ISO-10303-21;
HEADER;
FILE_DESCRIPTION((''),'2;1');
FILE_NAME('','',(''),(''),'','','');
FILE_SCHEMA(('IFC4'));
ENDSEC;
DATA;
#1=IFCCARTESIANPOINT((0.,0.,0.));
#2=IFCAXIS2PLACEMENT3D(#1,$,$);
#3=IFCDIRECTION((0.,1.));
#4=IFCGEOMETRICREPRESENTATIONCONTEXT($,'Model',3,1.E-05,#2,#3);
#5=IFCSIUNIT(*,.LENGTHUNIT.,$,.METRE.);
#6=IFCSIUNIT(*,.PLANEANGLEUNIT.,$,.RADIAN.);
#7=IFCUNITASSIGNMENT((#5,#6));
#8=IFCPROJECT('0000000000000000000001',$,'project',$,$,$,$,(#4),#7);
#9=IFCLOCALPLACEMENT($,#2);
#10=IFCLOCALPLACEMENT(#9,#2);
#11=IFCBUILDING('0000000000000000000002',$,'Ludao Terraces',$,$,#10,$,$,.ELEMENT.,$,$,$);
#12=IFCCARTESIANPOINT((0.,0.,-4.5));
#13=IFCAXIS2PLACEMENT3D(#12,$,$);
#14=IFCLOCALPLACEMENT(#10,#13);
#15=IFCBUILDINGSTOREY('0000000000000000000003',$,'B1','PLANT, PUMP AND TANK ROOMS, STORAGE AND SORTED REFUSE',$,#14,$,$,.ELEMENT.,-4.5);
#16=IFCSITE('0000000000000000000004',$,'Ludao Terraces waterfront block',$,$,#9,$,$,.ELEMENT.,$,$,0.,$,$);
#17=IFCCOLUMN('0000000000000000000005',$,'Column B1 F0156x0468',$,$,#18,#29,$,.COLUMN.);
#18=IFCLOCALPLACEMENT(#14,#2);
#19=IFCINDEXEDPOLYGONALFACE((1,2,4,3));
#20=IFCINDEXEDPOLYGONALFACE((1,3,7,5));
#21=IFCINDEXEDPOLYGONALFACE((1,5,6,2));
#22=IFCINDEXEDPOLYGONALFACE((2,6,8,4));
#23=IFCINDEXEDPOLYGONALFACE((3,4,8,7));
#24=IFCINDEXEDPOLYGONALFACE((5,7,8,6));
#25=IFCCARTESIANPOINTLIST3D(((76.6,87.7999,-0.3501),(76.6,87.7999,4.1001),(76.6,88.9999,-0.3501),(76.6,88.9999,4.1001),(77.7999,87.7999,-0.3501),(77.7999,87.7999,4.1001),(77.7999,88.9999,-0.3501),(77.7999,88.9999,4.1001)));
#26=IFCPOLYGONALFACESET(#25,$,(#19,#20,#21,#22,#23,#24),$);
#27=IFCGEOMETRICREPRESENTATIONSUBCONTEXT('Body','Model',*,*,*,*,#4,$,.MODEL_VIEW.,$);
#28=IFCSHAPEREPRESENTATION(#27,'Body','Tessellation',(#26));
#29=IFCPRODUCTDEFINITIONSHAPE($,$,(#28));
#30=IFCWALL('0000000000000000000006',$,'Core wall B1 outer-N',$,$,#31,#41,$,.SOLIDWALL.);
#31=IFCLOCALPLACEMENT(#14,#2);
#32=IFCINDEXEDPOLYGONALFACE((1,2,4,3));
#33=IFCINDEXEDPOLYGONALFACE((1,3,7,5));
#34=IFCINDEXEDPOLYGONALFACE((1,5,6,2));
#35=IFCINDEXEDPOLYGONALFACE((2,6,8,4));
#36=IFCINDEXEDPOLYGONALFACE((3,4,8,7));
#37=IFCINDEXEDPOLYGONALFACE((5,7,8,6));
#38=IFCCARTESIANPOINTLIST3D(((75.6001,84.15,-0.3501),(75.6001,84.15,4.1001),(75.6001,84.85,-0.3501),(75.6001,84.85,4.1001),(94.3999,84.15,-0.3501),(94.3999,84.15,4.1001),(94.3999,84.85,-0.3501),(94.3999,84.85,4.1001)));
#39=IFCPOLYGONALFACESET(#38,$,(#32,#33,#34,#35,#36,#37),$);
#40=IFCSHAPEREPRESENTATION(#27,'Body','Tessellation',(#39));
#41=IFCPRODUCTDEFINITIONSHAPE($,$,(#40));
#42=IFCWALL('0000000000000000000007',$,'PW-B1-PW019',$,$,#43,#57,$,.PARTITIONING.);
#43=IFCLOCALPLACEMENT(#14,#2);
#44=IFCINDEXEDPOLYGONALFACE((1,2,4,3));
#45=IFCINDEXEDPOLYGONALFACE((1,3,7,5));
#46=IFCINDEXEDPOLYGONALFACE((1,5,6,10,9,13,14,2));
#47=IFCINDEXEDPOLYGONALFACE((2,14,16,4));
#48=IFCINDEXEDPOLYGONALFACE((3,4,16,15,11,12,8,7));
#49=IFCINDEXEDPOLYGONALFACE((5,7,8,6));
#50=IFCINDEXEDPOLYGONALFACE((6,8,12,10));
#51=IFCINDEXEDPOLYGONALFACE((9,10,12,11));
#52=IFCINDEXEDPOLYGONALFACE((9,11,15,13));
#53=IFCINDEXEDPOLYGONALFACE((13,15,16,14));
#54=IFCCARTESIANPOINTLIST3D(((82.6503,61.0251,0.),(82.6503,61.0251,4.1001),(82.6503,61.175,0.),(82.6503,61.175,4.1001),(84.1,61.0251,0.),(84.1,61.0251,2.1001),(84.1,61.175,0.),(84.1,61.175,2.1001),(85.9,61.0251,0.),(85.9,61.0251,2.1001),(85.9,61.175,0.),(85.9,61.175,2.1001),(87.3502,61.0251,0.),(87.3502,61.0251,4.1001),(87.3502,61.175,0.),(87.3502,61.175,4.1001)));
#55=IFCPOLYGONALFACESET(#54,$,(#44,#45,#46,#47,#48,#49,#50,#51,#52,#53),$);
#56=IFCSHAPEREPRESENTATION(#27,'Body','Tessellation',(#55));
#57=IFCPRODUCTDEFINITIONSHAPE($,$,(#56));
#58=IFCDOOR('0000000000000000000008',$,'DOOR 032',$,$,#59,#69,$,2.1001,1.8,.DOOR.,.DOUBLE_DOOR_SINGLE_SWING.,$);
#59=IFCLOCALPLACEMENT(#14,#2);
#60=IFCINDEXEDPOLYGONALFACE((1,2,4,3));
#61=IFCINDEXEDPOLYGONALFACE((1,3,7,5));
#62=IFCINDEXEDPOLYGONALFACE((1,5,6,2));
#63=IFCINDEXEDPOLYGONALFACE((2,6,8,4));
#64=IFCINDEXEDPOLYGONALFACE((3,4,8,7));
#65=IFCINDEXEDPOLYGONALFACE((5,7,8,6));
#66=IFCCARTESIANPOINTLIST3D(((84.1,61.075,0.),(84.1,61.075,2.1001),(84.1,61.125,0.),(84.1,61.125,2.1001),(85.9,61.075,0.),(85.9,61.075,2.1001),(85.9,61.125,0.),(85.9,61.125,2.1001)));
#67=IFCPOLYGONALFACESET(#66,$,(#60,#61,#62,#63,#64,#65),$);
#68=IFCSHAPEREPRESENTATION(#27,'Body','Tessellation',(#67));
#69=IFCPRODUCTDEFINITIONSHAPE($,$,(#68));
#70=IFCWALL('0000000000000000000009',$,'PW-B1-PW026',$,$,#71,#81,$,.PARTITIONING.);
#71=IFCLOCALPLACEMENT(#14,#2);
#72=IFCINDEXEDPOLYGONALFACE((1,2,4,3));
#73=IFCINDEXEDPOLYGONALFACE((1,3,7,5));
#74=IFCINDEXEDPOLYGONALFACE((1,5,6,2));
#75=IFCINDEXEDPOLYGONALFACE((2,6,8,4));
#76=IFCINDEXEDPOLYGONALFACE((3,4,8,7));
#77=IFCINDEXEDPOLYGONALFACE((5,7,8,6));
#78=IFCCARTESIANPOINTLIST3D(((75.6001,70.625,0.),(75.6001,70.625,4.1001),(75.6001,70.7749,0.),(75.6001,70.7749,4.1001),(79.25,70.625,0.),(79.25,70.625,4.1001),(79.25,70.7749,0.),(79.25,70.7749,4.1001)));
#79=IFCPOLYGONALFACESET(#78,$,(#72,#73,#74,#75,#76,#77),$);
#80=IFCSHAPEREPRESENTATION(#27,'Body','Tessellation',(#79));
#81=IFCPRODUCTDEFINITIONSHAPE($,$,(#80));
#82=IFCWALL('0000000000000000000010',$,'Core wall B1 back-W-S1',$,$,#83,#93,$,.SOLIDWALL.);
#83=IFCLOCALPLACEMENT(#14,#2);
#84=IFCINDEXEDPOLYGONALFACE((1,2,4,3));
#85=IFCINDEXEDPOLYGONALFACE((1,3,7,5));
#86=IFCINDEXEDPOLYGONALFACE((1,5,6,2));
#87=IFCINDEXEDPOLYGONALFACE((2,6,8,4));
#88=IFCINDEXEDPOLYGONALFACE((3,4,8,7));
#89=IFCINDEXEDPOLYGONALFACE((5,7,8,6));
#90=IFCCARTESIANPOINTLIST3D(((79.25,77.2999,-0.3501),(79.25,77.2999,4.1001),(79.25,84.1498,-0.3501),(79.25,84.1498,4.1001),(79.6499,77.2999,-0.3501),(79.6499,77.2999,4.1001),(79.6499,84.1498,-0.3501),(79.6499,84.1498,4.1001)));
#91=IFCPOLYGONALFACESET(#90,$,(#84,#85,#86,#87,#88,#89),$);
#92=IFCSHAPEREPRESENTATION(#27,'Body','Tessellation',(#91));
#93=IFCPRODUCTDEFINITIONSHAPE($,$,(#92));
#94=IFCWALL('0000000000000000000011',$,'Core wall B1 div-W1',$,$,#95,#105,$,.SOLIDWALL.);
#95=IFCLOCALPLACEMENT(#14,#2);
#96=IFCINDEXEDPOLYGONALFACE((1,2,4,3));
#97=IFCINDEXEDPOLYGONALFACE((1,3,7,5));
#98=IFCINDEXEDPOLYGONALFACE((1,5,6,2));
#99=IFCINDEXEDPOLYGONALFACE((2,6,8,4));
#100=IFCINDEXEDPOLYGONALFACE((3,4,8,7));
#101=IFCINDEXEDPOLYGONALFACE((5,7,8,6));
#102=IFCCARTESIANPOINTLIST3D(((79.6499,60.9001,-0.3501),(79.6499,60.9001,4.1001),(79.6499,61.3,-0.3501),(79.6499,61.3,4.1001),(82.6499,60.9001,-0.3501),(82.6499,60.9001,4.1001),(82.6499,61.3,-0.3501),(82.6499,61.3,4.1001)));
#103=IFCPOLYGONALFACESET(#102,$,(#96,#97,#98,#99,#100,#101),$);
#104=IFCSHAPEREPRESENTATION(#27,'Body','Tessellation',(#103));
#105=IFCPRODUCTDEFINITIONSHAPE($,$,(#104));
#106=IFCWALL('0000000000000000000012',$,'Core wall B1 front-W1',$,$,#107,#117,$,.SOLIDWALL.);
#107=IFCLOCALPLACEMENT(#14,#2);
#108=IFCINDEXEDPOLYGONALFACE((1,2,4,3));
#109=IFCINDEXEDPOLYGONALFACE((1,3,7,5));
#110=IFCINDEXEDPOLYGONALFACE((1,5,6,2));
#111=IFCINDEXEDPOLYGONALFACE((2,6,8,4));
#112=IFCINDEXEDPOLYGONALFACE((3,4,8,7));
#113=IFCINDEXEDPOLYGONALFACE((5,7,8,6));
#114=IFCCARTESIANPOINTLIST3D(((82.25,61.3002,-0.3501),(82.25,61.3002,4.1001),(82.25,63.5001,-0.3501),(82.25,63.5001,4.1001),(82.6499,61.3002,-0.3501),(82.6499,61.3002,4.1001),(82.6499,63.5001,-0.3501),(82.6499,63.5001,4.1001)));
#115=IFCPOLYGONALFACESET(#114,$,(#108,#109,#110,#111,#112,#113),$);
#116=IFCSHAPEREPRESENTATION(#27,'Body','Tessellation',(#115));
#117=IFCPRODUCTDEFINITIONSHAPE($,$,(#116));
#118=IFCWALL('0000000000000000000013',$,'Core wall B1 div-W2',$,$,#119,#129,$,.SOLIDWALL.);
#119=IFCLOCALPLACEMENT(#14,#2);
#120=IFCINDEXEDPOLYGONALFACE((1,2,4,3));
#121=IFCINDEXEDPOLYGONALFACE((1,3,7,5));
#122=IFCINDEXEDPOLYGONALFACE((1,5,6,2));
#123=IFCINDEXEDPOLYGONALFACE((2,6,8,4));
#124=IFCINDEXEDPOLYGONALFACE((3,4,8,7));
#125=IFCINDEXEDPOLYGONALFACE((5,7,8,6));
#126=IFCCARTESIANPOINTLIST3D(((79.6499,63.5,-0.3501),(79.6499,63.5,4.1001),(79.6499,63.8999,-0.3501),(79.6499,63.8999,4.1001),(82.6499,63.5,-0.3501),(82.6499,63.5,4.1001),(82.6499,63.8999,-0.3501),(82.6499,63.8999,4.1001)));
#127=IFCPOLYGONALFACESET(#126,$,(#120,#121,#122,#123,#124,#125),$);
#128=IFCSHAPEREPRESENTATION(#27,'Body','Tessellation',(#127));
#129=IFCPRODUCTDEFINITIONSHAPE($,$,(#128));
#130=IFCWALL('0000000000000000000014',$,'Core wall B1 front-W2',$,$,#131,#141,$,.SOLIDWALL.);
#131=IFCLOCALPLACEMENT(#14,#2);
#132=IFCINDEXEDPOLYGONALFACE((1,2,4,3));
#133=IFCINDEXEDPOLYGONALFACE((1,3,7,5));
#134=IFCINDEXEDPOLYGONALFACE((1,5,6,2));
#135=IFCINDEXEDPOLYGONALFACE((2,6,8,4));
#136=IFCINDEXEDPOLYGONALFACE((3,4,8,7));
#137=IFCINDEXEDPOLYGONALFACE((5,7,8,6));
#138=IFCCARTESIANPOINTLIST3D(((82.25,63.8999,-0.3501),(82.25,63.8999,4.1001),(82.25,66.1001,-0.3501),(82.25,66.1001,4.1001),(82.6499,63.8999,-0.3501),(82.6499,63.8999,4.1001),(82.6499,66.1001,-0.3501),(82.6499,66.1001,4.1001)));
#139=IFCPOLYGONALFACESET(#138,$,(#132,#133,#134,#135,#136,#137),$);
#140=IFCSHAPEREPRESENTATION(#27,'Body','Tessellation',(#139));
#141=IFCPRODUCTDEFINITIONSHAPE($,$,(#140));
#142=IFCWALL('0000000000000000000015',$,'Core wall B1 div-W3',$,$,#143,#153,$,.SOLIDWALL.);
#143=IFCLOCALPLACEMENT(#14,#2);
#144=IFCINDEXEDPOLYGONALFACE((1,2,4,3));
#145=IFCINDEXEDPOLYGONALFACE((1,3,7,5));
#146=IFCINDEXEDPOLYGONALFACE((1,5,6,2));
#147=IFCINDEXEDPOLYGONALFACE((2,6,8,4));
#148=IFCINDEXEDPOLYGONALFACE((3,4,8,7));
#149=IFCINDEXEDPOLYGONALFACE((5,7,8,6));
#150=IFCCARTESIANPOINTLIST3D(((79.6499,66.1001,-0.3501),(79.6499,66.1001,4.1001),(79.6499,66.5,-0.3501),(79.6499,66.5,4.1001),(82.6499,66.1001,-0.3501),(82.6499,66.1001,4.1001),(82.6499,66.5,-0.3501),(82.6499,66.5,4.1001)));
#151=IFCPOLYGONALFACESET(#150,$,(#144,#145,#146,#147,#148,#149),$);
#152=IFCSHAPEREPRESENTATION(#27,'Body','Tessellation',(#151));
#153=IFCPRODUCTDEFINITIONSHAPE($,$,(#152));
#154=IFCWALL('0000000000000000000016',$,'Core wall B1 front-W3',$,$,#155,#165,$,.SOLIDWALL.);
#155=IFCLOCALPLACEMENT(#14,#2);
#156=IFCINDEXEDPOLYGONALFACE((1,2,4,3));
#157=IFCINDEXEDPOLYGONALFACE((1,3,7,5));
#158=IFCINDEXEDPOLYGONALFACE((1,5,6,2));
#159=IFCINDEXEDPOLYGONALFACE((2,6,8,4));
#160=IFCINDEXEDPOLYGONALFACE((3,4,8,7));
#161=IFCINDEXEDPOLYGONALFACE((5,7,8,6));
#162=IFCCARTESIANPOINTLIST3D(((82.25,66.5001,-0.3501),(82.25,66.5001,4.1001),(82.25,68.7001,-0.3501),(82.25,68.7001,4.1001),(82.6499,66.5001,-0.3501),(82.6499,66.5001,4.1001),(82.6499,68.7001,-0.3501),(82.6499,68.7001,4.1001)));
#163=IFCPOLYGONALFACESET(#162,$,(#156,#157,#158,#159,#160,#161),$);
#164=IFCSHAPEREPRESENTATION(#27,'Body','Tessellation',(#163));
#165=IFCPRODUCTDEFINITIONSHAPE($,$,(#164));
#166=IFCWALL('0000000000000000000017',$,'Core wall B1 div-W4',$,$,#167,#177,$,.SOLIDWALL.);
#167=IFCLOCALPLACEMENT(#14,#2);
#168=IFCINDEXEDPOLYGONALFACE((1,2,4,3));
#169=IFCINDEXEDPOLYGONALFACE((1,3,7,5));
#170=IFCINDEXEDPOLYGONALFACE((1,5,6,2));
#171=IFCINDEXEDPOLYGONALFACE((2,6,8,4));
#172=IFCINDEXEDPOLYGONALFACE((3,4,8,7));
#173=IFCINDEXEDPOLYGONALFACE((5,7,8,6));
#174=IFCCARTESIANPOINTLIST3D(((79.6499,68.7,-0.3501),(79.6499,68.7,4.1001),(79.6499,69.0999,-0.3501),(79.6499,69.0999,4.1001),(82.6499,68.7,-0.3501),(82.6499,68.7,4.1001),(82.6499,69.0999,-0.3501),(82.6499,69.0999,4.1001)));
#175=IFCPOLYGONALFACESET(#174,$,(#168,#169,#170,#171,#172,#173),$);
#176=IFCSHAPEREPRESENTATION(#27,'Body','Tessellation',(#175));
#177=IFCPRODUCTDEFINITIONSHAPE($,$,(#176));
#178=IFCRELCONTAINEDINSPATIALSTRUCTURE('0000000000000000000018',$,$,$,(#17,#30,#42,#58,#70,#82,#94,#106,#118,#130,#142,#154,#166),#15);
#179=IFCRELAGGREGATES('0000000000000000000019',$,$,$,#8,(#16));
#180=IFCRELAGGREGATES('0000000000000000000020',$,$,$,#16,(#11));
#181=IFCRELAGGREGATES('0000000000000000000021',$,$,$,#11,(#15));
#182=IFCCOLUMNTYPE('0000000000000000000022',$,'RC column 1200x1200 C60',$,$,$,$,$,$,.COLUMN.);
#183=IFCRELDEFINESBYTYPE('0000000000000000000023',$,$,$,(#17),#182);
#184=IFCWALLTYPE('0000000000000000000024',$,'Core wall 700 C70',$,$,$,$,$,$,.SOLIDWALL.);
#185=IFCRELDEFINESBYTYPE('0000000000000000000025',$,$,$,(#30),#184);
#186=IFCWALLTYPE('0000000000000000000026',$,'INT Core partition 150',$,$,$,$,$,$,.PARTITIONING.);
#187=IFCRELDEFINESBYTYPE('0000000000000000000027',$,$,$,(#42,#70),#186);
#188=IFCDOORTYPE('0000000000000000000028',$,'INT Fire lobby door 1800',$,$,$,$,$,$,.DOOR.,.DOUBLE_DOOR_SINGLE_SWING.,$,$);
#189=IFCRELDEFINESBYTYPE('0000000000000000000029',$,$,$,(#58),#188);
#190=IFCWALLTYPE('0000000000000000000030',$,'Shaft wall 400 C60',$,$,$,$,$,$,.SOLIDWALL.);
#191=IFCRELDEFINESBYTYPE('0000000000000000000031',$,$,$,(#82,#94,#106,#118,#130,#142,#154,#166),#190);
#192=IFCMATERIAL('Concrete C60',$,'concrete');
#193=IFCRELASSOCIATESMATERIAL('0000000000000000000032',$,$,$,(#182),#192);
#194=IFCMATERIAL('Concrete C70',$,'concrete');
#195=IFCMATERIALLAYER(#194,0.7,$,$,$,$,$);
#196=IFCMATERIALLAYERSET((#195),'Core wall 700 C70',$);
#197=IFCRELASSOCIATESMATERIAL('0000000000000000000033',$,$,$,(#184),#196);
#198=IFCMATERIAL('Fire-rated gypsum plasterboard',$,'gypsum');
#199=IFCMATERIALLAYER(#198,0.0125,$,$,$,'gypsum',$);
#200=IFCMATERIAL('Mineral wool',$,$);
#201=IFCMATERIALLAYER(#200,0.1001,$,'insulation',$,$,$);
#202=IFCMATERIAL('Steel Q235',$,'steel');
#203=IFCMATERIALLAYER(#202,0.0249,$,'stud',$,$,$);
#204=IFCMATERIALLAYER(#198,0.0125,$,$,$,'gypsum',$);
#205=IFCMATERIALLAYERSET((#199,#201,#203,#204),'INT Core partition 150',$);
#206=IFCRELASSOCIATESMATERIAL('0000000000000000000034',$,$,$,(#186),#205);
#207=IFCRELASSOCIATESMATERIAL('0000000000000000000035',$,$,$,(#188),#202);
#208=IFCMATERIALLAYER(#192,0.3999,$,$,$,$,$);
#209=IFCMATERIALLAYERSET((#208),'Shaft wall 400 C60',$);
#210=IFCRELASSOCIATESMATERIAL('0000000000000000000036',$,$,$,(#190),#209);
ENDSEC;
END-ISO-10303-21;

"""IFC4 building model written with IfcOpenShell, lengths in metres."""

from ifc_helpers import new_model, si_unit, direction, frame, frame_2d, origin, origin_2d, place, context, subcontext, project, spatial, rectangle, extrude, material, layer, layer_set, material_profile, profile_set, type_object, element, fill, save


model = new_model("IFC4")

# Units and contexts
model_context = context("Model", 3, precision=1e-05, world=origin(), true_north=direction((0.0, 1.0)))
body_context = subcontext(model_context, "Body", "Model", "MODEL_VIEW")
ifc_project = project(units=[si_unit("LENGTHUNIT", "METRE"), si_unit("PLANEANGLEUNIT", "RADIAN")], contexts=[model_context])

# Site, building, storey
site_placement = place(None, origin())
site = spatial("IfcSite", under=ifc_project, at=site_placement, Name="Ludao Terraces waterfront block", CompositionType="ELEMENT", RefElevation=0.0)
building_placement = place(site_placement, origin())
building = spatial("IfcBuilding", under=site, at=building_placement, Name="Ludao Terraces", CompositionType="ELEMENT")
storey_placement = place(building_placement, frame((0.0, 0.0, -4.5)))
storey = spatial("IfcBuildingStorey", under=building, at=storey_placement, Name="B1", Description="PLANT, PUMP AND TANK ROOMS, STORAGE AND SORTED REFUSE", CompositionType="ELEMENT", Elevation=-4.5)

# Column
ifc_material_1 = material(Name="Concrete C60", Category="concrete")
ifc_material_profile = material_profile(ifc_material_1, rectangle(XDim=1.2, YDim=1.2, at=origin_2d()), Name="1200 X 1200")
ifc_profile_set = profile_set([ifc_material_profile], Name="Concrete C60")
column_type = type_object("IfcColumnType", Name="RC column 1200x1200 C60", PredefinedType="COLUMN", material=ifc_profile_set)
column_placement = place(storey_placement, frame((77.2, 88.3999, -0.3501), z_axis=(0.0, 0.0, 1.0), x_axis=(1.0, 0.0, 0.0)))
element("IfcColumn", 1, at=column_placement, inside=storey, type_object=column_type, Name="Column B1 F0156x0468", PredefinedType="COLUMN", context=body_context, shape_type="SweptSolid", body=[
    extrude(rectangle(XDim=1.2, YDim=1.2, at=origin_2d()), origin(), (0.0, 0.0, 1.0), 4.4502),
])

# Wall
ifc_material_2 = material(Name="Concrete C70", Category="concrete")
ifc_layer_1 = layer(ifc_material_2, 0.7)
ifc_layer_set_1 = layer_set([ifc_layer_1], Name="Core wall 700 C70")
wall_type_1 = type_object("IfcWallType", Name="Core wall 700 C70", PredefinedType="SOLIDWALL", material=ifc_layer_set_1)
wall_1_placement = place(storey_placement, frame((75.6001, 84.5, -0.3501), z_axis=(0.0, 0.0, 1.0), x_axis=(1.0, 0.0, 0.0)))
element("IfcWall", 2, at=wall_1_placement, inside=storey, type_object=wall_type_1, Name="Core wall B1 outer-N", PredefinedType="SOLIDWALL", context=body_context, shape_type="SweptSolid", body=[
    extrude(rectangle(XDim=18.7998, YDim=0.7, at=frame_2d((9.3999, 0.0))), origin(), (0.0, 0.0, 1.0), 4.4502),
])

# Wall, opening, door
ifc_material_3 = material(Name="Fire-rated gypsum plasterboard", Category="gypsum")
ifc_layer_2 = layer(ifc_material_3, 0.0125, Category="gypsum")
ifc_material_4 = material(Name="Mineral wool")
ifc_layer_3 = layer(ifc_material_4, 0.1001, Name="insulation")
ifc_material_5 = material(Name="Steel Q235", Category="steel")
ifc_layer_4 = layer(ifc_material_5, 0.0249, Name="stud")
ifc_layer_5 = layer(ifc_material_3, 0.0125, Category="gypsum")
ifc_layer_set_2 = layer_set([ifc_layer_2, ifc_layer_3, ifc_layer_4, ifc_layer_5], Name="INT Core partition 150")
wall_type_2 = type_object("IfcWallType", Name="INT Core partition 150", PredefinedType="PARTITIONING", material=ifc_layer_set_2)
wall_2_placement = place(storey_placement, frame((82.6501, 61.1001, 0.0), z_axis=(0.0, 0.0, 1.0), x_axis=(1.0, 0.0, 0.0)))
wall_2 = element("IfcWall", 3, at=wall_2_placement, inside=storey, type_object=wall_type_2, Name="PW-B1-PW019", PredefinedType="PARTITIONING", context=body_context, shape_type="SweptSolid", body=[
    extrude(rectangle(XDim=4.7, YDim=0.1499, at=frame_2d((2.3501, 0.0))), origin(), (0.0, 0.0, 1.0), 4.1001),
])
opening_1_placement = place(wall_2_placement, frame((1.45, 0.0, 0.0)))
opening_1 = element("IfcOpeningElement", 4, at=opening_1_placement, cuts=wall_2, PredefinedType="OPENING", context=body_context, shape_type="SweptSolid", body=[
    extrude(rectangle(XDim=1.8, YDim=2.1001, at=frame_2d((0.8999, 1.05))), frame((0.0, 0.085, 0.0), z_axis=(0.0, -1.0, 0.0), x_axis=(1.0, 0.0, 0.0)), (0.0, 0.0, 1.0), 0.1699),
])
door_type_1 = type_object("IfcDoorType", Name="INT Fire lobby door 1800", OperationType="DOUBLE_DOOR_SINGLE_SWING", PredefinedType="DOOR", material=ifc_material_5)
door_1_placement = place(opening_1_placement, origin())
door_1 = element("IfcDoor", 5, at=door_1_placement, inside=storey, type_object=door_type_1, Name="DOOR 032", OperationType="DOUBLE_DOOR_SINGLE_SWING", OverallHeight=2.1001, OverallWidth=1.8, PredefinedType="DOOR", context=body_context, shape_type="SweptSolid", body=[
    extrude(rectangle(XDim=1.8, YDim=2.1001, at=frame_2d((0.8999, 1.05))), frame((0.0, 0.0249, 0.0), z_axis=(0.0, -1.0, 0.0), x_axis=(1.0, 0.0, 0.0)), (0.0, 0.0, 1.0), 0.05),
])
fill(opening_1, door_1)

# Walls
wall_3_placement = place(storey_placement, frame((75.6001, 70.7, 0.0), z_axis=(0.0, 0.0, 1.0), x_axis=(1.0, 0.0, 0.0)))
element("IfcWall", 6, at=wall_3_placement, inside=storey, type_object=wall_type_2, Name="PW-B1-PW026", PredefinedType="PARTITIONING", context=body_context, shape_type="SweptSolid", body=[
    extrude(rectangle(XDim=3.6499, YDim=0.1499, at=frame_2d((1.825, 0.0))), origin(), (0.0, 0.0, 1.0), 4.1001),
])
ifc_layer_6 = layer(ifc_material_1, 0.3999)
ifc_layer_set_3 = layer_set([ifc_layer_6], Name="Shaft wall 400 C60")
wall_type_3 = type_object("IfcWallType", Name="Shaft wall 400 C60", PredefinedType="SOLIDWALL", material=ifc_layer_set_3)
wall_4_placement = place(storey_placement, frame((79.45, 77.3, -0.3501), z_axis=(0.0, 0.0, 1.0), x_axis=(0.0, 1.0, 0.0)))
element("IfcWall", 7, at=wall_4_placement, inside=storey, type_object=wall_type_3, Name="Core wall B1 back-W-S1", PredefinedType="SOLIDWALL", context=body_context, shape_type="SweptSolid", body=[
    extrude(rectangle(XDim=6.8499, YDim=0.3999, at=frame_2d((3.4248, 0.0))), origin(), (0.0, 0.0, 1.0), 4.4502),
])
wall_5_placement = place(storey_placement, frame((79.6499, 61.1001, -0.3501), z_axis=(0.0, 0.0, 1.0), x_axis=(1.0, 0.0, 0.0)))
element("IfcWall", 8, at=wall_5_placement, inside=storey, type_object=wall_type_3, Name="Core wall B1 div-W1", PredefinedType="SOLIDWALL", context=body_context, shape_type="SweptSolid", body=[
    extrude(rectangle(XDim=3.0, YDim=0.3999, at=frame_2d((1.5, 0.0))), origin(), (0.0, 0.0, 1.0), 4.4502),
])
wall_6_placement = place(storey_placement, frame((82.45, 61.3, -0.3501), z_axis=(0.0, 0.0, 1.0), x_axis=(0.0, 1.0, 0.0)))
element("IfcWall", 9, at=wall_6_placement, inside=storey, type_object=wall_type_3, Name="Core wall B1 front-W1", PredefinedType="SOLIDWALL", context=body_context, shape_type="SweptSolid", body=[
    extrude(rectangle(XDim=2.2, YDim=0.3999, at=frame_2d((1.1001, 0.0))), origin(), (0.0, 0.0, 1.0), 4.4502),
])
wall_7_placement = place(storey_placement, frame((79.6499, 63.7, -0.3501), z_axis=(0.0, 0.0, 1.0), x_axis=(1.0, 0.0, 0.0)))
element("IfcWall", 10, at=wall_7_placement, inside=storey, type_object=wall_type_3, Name="Core wall B1 div-W2", PredefinedType="SOLIDWALL", context=body_context, shape_type="SweptSolid", body=[
    extrude(rectangle(XDim=3.0, YDim=0.3999, at=frame_2d((1.5, 0.0))), origin(), (0.0, 0.0, 1.0), 4.4502),
])
wall_8_placement = place(storey_placement, frame((82.45, 63.8999, -0.3501), z_axis=(0.0, 0.0, 1.0), x_axis=(0.0, 1.0, 0.0)))
element("IfcWall", 11, at=wall_8_placement, inside=storey, type_object=wall_type_3, Name="Core wall B1 front-W2", PredefinedType="SOLIDWALL", context=body_context, shape_type="SweptSolid", body=[
    extrude(rectangle(XDim=2.2002, YDim=0.3999, at=frame_2d((1.1001, 0.0))), origin(), (0.0, 0.0, 1.0), 4.4502),
])
wall_9_placement = place(storey_placement, frame((79.6499, 66.3, -0.3501), z_axis=(0.0, 0.0, 1.0), x_axis=(1.0, 0.0, 0.0)))
element("IfcWall", 12, at=wall_9_placement, inside=storey, type_object=wall_type_3, Name="Core wall B1 div-W3", PredefinedType="SOLIDWALL", context=body_context, shape_type="SweptSolid", body=[
    extrude(rectangle(XDim=3.0, YDim=0.3999, at=frame_2d((1.5, 0.0))), origin(), (0.0, 0.0, 1.0), 4.4502),
])
wall_10_placement = place(storey_placement, frame((82.45, 66.5, -0.3501), z_axis=(0.0, 0.0, 1.0), x_axis=(0.0, 1.0, 0.0)))
element("IfcWall", 13, at=wall_10_placement, inside=storey, type_object=wall_type_3, Name="Core wall B1 front-W3", PredefinedType="SOLIDWALL", context=body_context, shape_type="SweptSolid", body=[
    extrude(rectangle(XDim=2.2, YDim=0.3999, at=frame_2d((1.1001, 0.0))), origin(), (0.0, 0.0, 1.0), 4.4502),
])
wall_11_placement = place(storey_placement, frame((79.6499, 68.8999, -0.3501), z_axis=(0.0, 0.0, 1.0), x_axis=(1.0, 0.0, 0.0)))
element("IfcWall", 14, at=wall_11_placement, inside=storey, type_object=wall_type_3, Name="Core wall B1 div-W4", PredefinedType="SOLIDWALL", context=body_context, shape_type="SweptSolid", body=[
    extrude(rectangle(XDim=3.0, YDim=0.3999, at=frame_2d((1.5, 0.0))), origin(), (0.0, 0.0, 1.0), 4.4502),
])

save(model, "model.ifc")
